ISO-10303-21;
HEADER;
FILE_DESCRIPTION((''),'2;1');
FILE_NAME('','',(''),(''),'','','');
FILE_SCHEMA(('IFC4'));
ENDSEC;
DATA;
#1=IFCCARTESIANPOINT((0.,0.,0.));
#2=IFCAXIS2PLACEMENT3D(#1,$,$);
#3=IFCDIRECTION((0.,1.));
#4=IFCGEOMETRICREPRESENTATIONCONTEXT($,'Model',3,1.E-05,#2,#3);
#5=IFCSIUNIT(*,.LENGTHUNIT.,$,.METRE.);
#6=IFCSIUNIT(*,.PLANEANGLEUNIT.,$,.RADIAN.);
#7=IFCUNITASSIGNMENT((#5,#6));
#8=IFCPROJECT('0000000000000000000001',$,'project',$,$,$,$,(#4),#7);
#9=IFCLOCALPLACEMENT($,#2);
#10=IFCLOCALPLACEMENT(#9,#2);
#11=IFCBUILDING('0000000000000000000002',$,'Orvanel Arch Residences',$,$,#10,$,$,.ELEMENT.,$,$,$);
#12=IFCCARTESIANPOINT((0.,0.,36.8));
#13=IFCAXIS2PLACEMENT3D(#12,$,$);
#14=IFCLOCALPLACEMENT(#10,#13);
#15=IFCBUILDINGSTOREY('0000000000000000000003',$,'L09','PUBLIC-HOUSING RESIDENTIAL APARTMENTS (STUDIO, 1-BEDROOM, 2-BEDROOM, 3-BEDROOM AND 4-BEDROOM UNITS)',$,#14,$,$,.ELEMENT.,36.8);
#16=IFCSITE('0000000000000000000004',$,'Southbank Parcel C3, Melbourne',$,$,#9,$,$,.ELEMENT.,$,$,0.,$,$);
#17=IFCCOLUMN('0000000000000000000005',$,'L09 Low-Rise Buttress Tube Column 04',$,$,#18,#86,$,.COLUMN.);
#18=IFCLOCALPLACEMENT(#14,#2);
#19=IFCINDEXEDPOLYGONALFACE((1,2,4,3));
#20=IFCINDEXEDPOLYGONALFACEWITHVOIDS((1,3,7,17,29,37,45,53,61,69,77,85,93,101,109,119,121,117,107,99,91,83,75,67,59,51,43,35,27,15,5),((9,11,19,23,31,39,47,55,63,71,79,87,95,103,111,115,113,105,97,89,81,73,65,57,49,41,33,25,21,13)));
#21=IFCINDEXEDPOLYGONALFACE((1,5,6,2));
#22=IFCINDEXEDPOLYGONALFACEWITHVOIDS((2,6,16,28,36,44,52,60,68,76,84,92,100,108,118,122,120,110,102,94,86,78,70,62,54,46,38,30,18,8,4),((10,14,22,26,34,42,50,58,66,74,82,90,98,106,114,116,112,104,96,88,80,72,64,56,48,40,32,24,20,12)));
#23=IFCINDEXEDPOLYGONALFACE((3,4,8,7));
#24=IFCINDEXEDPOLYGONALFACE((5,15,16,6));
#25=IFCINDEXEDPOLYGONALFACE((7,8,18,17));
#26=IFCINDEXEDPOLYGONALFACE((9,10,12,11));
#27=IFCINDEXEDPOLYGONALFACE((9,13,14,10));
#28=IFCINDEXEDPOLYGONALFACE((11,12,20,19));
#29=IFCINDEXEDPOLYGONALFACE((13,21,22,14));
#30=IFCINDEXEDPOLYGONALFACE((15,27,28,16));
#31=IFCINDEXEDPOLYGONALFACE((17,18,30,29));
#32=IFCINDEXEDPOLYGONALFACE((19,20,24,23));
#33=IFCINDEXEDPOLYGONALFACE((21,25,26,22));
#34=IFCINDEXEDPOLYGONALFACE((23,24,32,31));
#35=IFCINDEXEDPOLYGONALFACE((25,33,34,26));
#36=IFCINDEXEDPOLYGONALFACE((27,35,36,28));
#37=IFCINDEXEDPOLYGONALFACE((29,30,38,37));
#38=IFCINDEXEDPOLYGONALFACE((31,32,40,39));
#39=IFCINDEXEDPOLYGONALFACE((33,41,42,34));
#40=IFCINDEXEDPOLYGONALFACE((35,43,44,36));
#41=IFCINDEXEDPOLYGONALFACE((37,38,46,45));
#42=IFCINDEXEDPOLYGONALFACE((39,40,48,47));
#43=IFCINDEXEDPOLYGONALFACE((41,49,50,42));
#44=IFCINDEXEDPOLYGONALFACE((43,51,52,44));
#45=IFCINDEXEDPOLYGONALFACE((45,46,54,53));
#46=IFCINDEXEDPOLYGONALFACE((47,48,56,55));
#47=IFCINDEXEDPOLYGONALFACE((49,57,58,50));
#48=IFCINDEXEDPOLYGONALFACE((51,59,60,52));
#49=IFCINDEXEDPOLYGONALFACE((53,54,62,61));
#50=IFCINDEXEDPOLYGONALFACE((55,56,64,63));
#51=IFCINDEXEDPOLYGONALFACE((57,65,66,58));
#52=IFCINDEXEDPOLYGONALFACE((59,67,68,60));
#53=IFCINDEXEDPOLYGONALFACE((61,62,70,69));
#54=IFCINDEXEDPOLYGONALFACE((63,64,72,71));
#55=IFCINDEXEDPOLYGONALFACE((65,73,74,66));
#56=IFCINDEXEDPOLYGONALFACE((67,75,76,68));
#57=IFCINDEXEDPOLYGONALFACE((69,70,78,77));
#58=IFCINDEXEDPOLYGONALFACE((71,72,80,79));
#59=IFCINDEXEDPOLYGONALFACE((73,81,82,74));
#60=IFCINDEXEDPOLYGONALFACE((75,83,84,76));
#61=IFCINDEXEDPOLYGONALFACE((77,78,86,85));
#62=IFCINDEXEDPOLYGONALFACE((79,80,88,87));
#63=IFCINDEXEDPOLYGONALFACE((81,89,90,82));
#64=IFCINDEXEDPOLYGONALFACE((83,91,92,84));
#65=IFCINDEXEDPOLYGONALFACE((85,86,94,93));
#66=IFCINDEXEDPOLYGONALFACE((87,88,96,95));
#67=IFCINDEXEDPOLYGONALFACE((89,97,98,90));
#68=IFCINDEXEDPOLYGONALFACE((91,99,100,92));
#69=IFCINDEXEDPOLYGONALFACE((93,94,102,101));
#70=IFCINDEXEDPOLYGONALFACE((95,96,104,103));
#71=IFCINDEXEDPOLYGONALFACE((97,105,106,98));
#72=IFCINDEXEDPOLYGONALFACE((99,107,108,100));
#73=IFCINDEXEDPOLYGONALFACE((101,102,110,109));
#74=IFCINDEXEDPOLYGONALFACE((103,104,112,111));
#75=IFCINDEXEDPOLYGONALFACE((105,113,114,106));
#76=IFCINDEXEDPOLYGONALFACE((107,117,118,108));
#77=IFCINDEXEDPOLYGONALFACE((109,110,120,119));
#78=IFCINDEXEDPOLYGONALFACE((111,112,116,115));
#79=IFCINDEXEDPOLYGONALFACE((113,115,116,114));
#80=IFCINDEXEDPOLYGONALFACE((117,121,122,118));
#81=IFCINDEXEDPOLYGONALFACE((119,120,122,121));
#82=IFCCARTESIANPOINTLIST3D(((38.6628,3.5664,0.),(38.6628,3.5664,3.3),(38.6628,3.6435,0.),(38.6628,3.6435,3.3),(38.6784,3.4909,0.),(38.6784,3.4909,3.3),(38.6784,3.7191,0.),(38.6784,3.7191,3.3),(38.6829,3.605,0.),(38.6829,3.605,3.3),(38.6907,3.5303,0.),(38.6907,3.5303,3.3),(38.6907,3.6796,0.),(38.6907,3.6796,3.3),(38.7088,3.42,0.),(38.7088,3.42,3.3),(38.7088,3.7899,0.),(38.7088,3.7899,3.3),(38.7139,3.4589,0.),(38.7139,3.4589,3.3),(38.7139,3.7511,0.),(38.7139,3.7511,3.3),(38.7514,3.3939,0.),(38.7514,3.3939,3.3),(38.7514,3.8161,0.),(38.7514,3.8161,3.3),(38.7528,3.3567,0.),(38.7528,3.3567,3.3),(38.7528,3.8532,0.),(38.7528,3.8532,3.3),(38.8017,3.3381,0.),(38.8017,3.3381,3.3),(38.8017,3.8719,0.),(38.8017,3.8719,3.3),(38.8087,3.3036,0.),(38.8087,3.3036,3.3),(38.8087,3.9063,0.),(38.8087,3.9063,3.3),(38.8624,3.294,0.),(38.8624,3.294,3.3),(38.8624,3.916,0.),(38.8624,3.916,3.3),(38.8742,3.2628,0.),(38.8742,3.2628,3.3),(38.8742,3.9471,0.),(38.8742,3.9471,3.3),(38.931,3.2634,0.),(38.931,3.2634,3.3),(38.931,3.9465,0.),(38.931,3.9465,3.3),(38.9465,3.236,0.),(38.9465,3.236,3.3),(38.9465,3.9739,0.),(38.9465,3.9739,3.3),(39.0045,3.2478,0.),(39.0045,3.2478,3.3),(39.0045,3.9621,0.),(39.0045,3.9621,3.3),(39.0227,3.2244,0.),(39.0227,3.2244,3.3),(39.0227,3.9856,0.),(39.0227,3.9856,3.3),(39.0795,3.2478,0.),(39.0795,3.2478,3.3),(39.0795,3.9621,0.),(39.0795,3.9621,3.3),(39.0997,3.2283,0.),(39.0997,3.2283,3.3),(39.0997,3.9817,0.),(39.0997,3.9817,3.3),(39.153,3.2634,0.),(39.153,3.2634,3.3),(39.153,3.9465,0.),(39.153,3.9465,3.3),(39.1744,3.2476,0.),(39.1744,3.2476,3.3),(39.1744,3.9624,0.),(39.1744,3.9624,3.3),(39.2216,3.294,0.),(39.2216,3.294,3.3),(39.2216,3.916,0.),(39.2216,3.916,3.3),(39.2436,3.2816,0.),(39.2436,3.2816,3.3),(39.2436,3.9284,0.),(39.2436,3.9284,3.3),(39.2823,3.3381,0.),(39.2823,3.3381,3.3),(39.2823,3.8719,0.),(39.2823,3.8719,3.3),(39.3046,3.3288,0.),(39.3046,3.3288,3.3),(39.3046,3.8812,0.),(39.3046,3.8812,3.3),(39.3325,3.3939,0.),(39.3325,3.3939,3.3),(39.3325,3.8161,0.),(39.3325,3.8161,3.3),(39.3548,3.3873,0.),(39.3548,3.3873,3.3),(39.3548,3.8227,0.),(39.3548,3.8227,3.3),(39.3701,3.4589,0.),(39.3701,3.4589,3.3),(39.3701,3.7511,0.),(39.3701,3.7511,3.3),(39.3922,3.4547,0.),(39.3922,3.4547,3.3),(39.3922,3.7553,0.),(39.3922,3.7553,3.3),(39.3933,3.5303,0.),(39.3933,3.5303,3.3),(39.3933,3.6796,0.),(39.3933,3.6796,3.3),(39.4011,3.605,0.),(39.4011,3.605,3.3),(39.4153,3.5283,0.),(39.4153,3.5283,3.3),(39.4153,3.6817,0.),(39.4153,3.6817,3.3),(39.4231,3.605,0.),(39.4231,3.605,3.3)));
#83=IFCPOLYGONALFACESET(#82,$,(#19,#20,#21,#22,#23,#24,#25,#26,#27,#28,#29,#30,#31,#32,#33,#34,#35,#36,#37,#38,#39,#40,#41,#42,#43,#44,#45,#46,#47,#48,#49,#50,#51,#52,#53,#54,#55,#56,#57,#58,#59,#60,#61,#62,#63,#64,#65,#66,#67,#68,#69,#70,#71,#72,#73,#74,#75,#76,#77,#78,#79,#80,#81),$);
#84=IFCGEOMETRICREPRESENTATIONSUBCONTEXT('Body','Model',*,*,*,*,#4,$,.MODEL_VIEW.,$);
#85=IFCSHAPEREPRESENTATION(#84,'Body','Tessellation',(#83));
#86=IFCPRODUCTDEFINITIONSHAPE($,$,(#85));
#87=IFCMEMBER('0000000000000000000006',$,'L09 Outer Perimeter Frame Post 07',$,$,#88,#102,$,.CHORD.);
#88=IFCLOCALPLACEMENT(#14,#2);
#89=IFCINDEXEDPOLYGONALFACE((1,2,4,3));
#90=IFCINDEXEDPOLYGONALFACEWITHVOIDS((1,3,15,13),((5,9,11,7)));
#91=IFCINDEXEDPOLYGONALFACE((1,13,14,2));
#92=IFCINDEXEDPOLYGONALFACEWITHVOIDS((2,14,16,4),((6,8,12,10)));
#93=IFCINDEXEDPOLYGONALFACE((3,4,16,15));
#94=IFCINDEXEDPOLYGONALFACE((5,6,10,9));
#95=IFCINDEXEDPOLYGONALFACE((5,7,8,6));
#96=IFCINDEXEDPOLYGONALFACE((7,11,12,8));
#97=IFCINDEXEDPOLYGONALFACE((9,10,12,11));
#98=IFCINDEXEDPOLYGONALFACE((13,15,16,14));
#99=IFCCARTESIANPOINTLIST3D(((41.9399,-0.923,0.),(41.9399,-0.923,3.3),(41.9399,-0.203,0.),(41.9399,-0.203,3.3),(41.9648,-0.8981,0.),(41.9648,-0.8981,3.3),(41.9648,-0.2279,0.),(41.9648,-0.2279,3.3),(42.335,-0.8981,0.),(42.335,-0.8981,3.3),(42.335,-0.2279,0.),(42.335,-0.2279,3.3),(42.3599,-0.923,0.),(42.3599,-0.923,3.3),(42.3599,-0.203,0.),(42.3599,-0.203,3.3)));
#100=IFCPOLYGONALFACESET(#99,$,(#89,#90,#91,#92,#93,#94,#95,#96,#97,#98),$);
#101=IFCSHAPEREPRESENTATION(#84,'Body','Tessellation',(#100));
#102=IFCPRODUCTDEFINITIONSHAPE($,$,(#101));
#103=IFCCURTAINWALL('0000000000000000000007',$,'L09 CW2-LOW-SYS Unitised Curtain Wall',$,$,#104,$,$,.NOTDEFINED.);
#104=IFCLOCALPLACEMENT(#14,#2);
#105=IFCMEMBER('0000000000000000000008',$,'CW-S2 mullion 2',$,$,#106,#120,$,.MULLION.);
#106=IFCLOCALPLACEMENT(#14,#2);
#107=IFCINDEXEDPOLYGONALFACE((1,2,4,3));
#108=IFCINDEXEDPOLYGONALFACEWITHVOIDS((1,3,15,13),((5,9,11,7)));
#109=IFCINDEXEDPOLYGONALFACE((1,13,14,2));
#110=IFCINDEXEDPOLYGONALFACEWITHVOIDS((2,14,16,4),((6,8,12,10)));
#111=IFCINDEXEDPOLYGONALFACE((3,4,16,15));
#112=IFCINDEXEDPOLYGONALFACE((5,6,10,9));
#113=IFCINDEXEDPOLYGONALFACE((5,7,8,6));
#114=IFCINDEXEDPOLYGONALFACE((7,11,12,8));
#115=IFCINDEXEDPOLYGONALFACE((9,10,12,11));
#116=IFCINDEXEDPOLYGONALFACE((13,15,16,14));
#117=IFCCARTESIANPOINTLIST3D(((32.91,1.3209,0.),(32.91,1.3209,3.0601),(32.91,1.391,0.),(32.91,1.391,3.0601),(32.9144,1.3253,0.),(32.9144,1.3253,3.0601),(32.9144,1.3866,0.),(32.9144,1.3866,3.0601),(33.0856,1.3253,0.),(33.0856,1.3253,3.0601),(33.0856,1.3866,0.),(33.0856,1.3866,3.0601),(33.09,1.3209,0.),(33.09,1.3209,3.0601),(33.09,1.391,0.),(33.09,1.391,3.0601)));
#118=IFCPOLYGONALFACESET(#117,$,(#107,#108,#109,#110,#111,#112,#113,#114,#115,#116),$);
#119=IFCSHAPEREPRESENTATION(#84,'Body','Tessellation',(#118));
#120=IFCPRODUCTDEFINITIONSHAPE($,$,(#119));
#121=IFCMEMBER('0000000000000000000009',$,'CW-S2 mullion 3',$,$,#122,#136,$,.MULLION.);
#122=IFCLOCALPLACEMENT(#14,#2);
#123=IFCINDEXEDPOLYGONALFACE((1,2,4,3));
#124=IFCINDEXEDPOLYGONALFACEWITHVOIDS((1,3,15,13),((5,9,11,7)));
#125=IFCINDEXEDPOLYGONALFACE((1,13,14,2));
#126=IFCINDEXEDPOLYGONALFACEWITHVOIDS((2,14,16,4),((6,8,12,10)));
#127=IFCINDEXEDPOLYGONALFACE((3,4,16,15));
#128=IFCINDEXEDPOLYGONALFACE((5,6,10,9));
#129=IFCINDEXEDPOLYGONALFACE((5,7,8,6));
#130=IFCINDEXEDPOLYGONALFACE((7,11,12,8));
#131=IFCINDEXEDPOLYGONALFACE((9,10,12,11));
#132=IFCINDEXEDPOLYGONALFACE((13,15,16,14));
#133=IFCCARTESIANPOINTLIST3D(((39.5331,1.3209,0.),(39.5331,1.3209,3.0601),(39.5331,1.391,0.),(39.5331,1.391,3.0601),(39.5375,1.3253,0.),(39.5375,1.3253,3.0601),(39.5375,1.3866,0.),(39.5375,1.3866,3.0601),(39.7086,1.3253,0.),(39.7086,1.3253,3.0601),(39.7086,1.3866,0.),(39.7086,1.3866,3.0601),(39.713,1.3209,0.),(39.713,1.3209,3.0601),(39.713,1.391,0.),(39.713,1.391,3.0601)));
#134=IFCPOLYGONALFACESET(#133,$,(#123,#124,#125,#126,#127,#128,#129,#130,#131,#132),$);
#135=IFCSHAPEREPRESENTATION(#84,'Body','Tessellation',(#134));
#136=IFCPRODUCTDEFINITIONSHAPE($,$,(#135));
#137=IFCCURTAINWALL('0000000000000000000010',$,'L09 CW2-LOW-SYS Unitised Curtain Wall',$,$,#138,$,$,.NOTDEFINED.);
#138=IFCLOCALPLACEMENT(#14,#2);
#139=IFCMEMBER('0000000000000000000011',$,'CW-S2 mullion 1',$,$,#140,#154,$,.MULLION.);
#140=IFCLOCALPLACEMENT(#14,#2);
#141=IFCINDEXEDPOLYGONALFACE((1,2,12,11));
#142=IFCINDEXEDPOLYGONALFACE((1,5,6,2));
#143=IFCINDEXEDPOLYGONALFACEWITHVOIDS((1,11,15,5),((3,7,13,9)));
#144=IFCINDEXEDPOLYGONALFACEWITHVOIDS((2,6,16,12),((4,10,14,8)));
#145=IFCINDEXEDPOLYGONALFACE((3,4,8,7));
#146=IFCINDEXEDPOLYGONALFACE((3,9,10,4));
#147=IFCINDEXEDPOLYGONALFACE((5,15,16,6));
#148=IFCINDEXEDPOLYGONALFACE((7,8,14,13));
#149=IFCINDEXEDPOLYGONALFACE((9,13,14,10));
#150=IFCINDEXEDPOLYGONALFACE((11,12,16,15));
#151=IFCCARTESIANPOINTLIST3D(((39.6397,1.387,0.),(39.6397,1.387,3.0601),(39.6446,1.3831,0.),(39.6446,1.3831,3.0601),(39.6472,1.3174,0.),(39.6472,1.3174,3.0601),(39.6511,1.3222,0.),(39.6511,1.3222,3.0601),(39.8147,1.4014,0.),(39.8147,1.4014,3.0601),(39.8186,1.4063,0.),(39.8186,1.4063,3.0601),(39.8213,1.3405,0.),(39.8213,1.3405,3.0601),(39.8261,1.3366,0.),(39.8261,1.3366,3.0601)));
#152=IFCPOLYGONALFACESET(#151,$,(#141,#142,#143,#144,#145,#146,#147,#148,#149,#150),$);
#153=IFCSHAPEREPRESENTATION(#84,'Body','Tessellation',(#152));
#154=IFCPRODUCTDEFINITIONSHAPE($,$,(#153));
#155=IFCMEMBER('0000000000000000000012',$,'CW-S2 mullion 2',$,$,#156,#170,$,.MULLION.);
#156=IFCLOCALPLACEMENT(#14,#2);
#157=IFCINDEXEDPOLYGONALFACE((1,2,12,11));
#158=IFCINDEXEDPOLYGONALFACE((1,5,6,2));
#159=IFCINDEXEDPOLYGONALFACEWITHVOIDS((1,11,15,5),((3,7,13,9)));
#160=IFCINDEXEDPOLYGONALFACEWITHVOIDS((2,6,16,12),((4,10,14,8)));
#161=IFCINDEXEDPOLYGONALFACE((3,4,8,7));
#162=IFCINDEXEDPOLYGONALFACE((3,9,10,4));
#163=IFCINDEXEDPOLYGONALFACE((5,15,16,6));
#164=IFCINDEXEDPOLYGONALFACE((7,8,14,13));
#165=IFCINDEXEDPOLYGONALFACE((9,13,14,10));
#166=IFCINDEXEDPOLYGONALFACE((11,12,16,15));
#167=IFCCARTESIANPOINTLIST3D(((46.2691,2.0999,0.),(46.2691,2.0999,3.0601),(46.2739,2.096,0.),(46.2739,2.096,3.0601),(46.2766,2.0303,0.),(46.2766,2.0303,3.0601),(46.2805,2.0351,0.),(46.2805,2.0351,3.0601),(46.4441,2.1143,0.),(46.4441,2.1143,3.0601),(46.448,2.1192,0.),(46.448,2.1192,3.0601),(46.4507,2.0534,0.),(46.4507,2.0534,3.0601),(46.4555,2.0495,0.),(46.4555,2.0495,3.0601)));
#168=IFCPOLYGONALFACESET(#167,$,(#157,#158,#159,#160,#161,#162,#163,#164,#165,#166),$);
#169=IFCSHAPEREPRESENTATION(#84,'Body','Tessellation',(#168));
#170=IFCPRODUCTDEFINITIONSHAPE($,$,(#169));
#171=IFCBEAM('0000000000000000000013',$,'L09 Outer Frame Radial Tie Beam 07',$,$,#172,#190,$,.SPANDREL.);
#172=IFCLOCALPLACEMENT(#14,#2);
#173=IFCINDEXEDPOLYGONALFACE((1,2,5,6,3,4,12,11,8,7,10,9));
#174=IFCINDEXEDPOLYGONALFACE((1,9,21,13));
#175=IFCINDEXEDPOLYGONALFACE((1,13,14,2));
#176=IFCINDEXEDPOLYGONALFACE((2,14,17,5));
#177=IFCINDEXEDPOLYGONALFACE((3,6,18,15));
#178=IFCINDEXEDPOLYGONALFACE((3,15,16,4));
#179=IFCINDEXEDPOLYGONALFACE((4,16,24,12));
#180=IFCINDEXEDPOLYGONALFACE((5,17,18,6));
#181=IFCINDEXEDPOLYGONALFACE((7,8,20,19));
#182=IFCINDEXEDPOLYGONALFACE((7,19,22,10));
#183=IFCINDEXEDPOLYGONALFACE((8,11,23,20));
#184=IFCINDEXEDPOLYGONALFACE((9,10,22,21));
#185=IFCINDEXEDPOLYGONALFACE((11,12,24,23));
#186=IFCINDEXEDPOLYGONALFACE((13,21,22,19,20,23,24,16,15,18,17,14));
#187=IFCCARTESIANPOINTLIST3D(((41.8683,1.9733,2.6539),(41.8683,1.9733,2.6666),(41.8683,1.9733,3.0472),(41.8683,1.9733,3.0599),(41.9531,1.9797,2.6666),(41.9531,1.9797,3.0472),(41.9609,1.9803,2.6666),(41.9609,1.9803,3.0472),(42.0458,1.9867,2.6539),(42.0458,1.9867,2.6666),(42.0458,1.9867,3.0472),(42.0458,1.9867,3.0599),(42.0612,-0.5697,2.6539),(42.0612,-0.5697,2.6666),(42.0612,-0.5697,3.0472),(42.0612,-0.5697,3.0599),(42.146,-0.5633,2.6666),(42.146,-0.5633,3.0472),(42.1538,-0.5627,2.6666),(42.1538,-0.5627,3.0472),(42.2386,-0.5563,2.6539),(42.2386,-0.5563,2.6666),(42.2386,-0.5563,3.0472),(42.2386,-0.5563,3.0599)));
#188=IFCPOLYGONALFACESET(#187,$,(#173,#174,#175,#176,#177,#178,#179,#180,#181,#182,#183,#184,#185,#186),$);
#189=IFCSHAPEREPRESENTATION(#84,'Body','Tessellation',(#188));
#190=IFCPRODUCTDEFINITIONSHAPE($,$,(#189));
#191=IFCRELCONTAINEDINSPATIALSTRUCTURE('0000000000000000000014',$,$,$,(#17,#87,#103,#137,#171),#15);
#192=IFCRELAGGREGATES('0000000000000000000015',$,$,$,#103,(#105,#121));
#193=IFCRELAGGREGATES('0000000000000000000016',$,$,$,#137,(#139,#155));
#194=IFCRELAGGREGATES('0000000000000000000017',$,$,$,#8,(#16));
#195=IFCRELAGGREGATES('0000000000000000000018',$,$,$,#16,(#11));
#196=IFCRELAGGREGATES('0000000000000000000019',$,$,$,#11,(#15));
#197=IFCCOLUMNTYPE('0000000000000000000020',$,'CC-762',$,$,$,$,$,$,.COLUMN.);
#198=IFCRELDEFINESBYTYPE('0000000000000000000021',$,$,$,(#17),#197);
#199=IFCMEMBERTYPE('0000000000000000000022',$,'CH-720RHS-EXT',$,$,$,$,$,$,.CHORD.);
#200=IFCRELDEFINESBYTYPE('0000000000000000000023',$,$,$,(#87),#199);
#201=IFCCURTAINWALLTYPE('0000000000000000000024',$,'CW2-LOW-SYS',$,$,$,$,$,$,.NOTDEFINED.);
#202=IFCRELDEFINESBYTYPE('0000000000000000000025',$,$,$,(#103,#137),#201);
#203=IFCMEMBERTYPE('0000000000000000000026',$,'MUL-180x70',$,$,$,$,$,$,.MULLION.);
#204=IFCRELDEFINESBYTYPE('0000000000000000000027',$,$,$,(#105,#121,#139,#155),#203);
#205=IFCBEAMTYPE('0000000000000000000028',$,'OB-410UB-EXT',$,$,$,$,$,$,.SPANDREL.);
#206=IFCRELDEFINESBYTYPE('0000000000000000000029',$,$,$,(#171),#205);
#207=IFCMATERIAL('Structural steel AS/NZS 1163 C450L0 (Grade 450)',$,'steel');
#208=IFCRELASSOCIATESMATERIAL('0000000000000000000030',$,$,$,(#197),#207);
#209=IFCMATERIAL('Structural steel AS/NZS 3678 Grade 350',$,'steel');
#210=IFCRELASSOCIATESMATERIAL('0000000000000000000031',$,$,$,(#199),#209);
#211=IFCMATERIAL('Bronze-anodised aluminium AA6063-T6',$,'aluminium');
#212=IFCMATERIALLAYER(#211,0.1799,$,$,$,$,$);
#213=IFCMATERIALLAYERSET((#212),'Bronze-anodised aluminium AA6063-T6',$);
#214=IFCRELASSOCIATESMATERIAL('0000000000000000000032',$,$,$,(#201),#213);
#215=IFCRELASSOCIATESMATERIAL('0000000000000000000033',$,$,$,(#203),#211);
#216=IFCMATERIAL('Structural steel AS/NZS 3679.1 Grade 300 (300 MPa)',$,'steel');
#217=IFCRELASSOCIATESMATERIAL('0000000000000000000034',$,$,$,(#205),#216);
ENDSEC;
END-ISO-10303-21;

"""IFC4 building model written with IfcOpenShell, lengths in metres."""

from ifc_helpers import new_model, si_unit, direction, frame, origin, origin_2d, place, context, subcontext, project, spatial, hollow_rectangle, hollow_circle, i_section, extrude, material, layer, layer_set, material_profile, profile_set, type_object, element, aggregate, save


model = new_model("IFC4")

# Units and contexts
model_context = context("Model", 3, precision=1e-05, world=origin(), true_north=direction((0.0, 1.0)))
body_context = subcontext(model_context, "Body", "Model", "MODEL_VIEW")
ifc_project = project(units=[si_unit("LENGTHUNIT", "METRE"), si_unit("PLANEANGLEUNIT", "RADIAN")], contexts=[model_context])

# Site, building, storey
site_placement = place(None, origin())
site = spatial("IfcSite", under=ifc_project, at=site_placement, Name="Southbank Parcel C3, Melbourne", CompositionType="ELEMENT", RefElevation=0.0)
building_placement = place(site_placement, origin())
building = spatial("IfcBuilding", under=site, at=building_placement, Name="Orvanel Arch Residences", CompositionType="ELEMENT")
storey_placement = place(building_placement, frame((0.0, 0.0, 36.8)))
storey = spatial("IfcBuildingStorey", under=building, at=storey_placement, Name="L09", Description="PUBLIC-HOUSING RESIDENTIAL APARTMENTS (STUDIO, 1-BEDROOM, 2-BEDROOM, 3-BEDROOM AND 4-BEDROOM UNITS)", CompositionType="ELEMENT", Elevation=36.8)

# Column
ifc_material_1 = material(Name="Structural steel AS/NZS 1163 C450L0 (Grade 450)", Category="steel")
ifc_material_profile_1 = material_profile(ifc_material_1, hollow_circle(Radius=0.3811, WallThickness=0.022, at=origin_2d()), Name="CHS762x22")
ifc_profile_set_1 = profile_set([ifc_material_profile_1], Name="Structural steel AS/NZS 1163 C450L0 (Grade 450)")
column_type = type_object("IfcColumnType", Name="CC-762", PredefinedType="COLUMN", material=ifc_profile_set_1)
column_placement = place(storey_placement, frame((39.042, 3.605, 0.0), z_axis=(0.0, 0.0, 1.0), x_axis=(1.0, 0.0, 0.0)))
element("IfcColumn", 1, at=column_placement, inside=storey, type_object=column_type, Name="L09 Low-Rise Buttress Tube Column 04", PredefinedType="COLUMN", context=body_context, shape_type="SweptSolid", body=[
    extrude(hollow_circle(Radius=0.3811, WallThickness=0.022, at=origin_2d()), origin(), (0.0, 0.0, 1.0), 3.3),
])

# Member
ifc_material_2 = material(Name="Structural steel AS/NZS 3678 Grade 350", Category="steel")
ifc_material_profile_2 = material_profile(ifc_material_2, hollow_rectangle(XDim=0.4199, YDim=0.72, WallThickness=0.0249, at=origin_2d()), Name="RHS720x420x25")
ifc_profile_set_2 = profile_set([ifc_material_profile_2], Name="Structural steel AS/NZS 3678 Grade 350")
member_type_1 = type_object("IfcMemberType", Name="CH-720RHS-EXT", PredefinedType="CHORD", material=ifc_profile_set_2)
member_1_placement = place(storey_placement, frame((42.1499, -0.563, 0.0), z_axis=(0.0, 0.0, 1.0), x_axis=(1.0, 0.0, 0.0)))
element("IfcMember", 2, at=member_1_placement, inside=storey, type_object=member_type_1, Name="L09 Outer Perimeter Frame Post 07", PredefinedType="CHORD", context=body_context, shape_type="SweptSolid", body=[
    extrude(hollow_rectangle(XDim=0.4199, YDim=0.72, WallThickness=0.0249, at=origin_2d()), origin(), (0.0, 0.0, 1.0), 3.3),
])

# Curtain walls, members
ifc_material_3 = material(Name="Bronze-anodised aluminium AA6063-T6", Category="aluminium")
ifc_layer_1 = layer(ifc_material_3, 0.1799)
ifc_layer_set_1 = layer_set([ifc_layer_1], Name="Bronze-anodised aluminium AA6063-T6")
curtain_wall_type = type_object("IfcCurtainWallType", Name="CW2-LOW-SYS", PredefinedType="NOTDEFINED", material=ifc_layer_set_1)
curtain_wall_1_placement = place(storey_placement, origin())
curtain_wall_1 = element("IfcCurtainWall", 3, at=curtain_wall_1_placement, inside=storey, type_object=curtain_wall_type, Name="L09 CW2-LOW-SYS Unitised Curtain Wall", PredefinedType="NOTDEFINED")
ifc_material_profile_3 = material_profile(ifc_material_3, hollow_rectangle(XDim=0.0701, YDim=0.1799, WallThickness=0.0044, at=origin_2d()), Name="ALU180x70x4.5")
ifc_profile_set_3 = profile_set([ifc_material_profile_3], Name="Bronze-anodised aluminium AA6063-T6")
member_type_2 = type_object("IfcMemberType", Name="MUL-180x70", PredefinedType="MULLION", material=ifc_profile_set_3)
member_2_placement = place(storey_placement, frame((33.0, 1.356, 0.0), z_axis=(0.0, 0.0, 1.0), x_axis=(0.0, 1.0, 0.0)))
member_2 = element("IfcMember", 4, at=member_2_placement, type_object=member_type_2, Name="CW-S2 mullion 2", PredefinedType="MULLION", context=body_context, shape_type="SweptSolid", body=[
    extrude(hollow_rectangle(XDim=0.0701, YDim=0.1799, WallThickness=0.0044, at=origin_2d()), origin(), (0.0, 0.0, 1.0), 3.0601),
])
member_3_placement = place(storey_placement, frame((39.623, 1.356, 0.0), z_axis=(0.0, 0.0, 1.0), x_axis=(0.0, 1.0, 0.0)))
member_3 = element("IfcMember", 5, at=member_3_placement, type_object=member_type_2, Name="CW-S2 mullion 3", PredefinedType="MULLION", context=body_context, shape_type="SweptSolid", body=[
    extrude(hollow_rectangle(XDim=0.0701, YDim=0.1799, WallThickness=0.0044, at=origin_2d()), origin(), (0.0, 0.0, 1.0), 3.0601),
])
curtain_wall_2_placement = place(storey_placement, origin())
curtain_wall_2 = element("IfcCurtainWall", 6, at=curtain_wall_2_placement, inside=storey, type_object=curtain_wall_type, Name="L09 CW2-LOW-SYS Unitised Curtain Wall", PredefinedType="NOTDEFINED")
member_4_placement = place(storey_placement, frame((39.7329, 1.3618, 0.0), z_axis=(0.0, 0.0, 1.0), x_axis=(-0.106921, 0.994267, 0.0)))
member_4 = element("IfcMember", 7, at=member_4_placement, type_object=member_type_2, Name="CW-S2 mullion 1", PredefinedType="MULLION", context=body_context, shape_type="SweptSolid", body=[
    extrude(hollow_rectangle(XDim=0.0701, YDim=0.1799, WallThickness=0.0044, at=origin_2d()), origin(), (0.0, 0.0, 1.0), 3.0601),
])
member_5_placement = place(storey_placement, frame((46.3623, 2.0747, 0.0), z_axis=(0.0, 0.0, 1.0), x_axis=(-0.106921, 0.994267, 0.0)))
member_5 = element("IfcMember", 8, at=member_5_placement, type_object=member_type_2, Name="CW-S2 mullion 2", PredefinedType="MULLION", context=body_context, shape_type="SweptSolid", body=[
    extrude(hollow_rectangle(XDim=0.0701, YDim=0.1799, WallThickness=0.0044, at=origin_2d()), origin(), (0.0, 0.0, 1.0), 3.0601),
])

# Beam
ifc_material_4 = material(Name="Structural steel AS/NZS 3679.1 Grade 300 (300 MPa)", Category="steel")
ifc_material_profile_4 = material_profile(ifc_material_4, i_section(OverallWidth=0.178, OverallDepth=0.406, WebThickness=0.0078, FlangeThickness=0.0127, at=origin_2d()), Name="410UB59.7")
ifc_profile_set_4 = profile_set([ifc_material_profile_4], Name="Structural steel AS/NZS 3679.1 Grade 300 (300 MPa)")
beam_type_1 = type_object("IfcBeamType", Name="OB-410UB-EXT", PredefinedType="SPANDREL", material=ifc_profile_set_4)
beam_1_placement = place(storey_placement, frame((41.957, 1.98, 2.8569), z_axis=(0.075628, -0.997136, 0.0), x_axis=(0.997136, 0.075628, 0.0)))
element("IfcBeam", 9, at=beam_1_placement, inside=storey, type_object=beam_type_1, Name="L09 Outer Frame Radial Tie Beam 07", PredefinedType="SPANDREL", context=body_context, shape_type="SweptSolid", body=[
    extrude(i_section(OverallWidth=0.178, OverallDepth=0.406, WebThickness=0.0078, FlangeThickness=0.0127, at=origin_2d()), origin(), (0.0, 0.0, 1.0), 2.5503),
])

aggregate(curtain_wall_1, [member_2, member_3])
aggregate(curtain_wall_2, [member_4, member_5])

save(model, "model.ifc")
